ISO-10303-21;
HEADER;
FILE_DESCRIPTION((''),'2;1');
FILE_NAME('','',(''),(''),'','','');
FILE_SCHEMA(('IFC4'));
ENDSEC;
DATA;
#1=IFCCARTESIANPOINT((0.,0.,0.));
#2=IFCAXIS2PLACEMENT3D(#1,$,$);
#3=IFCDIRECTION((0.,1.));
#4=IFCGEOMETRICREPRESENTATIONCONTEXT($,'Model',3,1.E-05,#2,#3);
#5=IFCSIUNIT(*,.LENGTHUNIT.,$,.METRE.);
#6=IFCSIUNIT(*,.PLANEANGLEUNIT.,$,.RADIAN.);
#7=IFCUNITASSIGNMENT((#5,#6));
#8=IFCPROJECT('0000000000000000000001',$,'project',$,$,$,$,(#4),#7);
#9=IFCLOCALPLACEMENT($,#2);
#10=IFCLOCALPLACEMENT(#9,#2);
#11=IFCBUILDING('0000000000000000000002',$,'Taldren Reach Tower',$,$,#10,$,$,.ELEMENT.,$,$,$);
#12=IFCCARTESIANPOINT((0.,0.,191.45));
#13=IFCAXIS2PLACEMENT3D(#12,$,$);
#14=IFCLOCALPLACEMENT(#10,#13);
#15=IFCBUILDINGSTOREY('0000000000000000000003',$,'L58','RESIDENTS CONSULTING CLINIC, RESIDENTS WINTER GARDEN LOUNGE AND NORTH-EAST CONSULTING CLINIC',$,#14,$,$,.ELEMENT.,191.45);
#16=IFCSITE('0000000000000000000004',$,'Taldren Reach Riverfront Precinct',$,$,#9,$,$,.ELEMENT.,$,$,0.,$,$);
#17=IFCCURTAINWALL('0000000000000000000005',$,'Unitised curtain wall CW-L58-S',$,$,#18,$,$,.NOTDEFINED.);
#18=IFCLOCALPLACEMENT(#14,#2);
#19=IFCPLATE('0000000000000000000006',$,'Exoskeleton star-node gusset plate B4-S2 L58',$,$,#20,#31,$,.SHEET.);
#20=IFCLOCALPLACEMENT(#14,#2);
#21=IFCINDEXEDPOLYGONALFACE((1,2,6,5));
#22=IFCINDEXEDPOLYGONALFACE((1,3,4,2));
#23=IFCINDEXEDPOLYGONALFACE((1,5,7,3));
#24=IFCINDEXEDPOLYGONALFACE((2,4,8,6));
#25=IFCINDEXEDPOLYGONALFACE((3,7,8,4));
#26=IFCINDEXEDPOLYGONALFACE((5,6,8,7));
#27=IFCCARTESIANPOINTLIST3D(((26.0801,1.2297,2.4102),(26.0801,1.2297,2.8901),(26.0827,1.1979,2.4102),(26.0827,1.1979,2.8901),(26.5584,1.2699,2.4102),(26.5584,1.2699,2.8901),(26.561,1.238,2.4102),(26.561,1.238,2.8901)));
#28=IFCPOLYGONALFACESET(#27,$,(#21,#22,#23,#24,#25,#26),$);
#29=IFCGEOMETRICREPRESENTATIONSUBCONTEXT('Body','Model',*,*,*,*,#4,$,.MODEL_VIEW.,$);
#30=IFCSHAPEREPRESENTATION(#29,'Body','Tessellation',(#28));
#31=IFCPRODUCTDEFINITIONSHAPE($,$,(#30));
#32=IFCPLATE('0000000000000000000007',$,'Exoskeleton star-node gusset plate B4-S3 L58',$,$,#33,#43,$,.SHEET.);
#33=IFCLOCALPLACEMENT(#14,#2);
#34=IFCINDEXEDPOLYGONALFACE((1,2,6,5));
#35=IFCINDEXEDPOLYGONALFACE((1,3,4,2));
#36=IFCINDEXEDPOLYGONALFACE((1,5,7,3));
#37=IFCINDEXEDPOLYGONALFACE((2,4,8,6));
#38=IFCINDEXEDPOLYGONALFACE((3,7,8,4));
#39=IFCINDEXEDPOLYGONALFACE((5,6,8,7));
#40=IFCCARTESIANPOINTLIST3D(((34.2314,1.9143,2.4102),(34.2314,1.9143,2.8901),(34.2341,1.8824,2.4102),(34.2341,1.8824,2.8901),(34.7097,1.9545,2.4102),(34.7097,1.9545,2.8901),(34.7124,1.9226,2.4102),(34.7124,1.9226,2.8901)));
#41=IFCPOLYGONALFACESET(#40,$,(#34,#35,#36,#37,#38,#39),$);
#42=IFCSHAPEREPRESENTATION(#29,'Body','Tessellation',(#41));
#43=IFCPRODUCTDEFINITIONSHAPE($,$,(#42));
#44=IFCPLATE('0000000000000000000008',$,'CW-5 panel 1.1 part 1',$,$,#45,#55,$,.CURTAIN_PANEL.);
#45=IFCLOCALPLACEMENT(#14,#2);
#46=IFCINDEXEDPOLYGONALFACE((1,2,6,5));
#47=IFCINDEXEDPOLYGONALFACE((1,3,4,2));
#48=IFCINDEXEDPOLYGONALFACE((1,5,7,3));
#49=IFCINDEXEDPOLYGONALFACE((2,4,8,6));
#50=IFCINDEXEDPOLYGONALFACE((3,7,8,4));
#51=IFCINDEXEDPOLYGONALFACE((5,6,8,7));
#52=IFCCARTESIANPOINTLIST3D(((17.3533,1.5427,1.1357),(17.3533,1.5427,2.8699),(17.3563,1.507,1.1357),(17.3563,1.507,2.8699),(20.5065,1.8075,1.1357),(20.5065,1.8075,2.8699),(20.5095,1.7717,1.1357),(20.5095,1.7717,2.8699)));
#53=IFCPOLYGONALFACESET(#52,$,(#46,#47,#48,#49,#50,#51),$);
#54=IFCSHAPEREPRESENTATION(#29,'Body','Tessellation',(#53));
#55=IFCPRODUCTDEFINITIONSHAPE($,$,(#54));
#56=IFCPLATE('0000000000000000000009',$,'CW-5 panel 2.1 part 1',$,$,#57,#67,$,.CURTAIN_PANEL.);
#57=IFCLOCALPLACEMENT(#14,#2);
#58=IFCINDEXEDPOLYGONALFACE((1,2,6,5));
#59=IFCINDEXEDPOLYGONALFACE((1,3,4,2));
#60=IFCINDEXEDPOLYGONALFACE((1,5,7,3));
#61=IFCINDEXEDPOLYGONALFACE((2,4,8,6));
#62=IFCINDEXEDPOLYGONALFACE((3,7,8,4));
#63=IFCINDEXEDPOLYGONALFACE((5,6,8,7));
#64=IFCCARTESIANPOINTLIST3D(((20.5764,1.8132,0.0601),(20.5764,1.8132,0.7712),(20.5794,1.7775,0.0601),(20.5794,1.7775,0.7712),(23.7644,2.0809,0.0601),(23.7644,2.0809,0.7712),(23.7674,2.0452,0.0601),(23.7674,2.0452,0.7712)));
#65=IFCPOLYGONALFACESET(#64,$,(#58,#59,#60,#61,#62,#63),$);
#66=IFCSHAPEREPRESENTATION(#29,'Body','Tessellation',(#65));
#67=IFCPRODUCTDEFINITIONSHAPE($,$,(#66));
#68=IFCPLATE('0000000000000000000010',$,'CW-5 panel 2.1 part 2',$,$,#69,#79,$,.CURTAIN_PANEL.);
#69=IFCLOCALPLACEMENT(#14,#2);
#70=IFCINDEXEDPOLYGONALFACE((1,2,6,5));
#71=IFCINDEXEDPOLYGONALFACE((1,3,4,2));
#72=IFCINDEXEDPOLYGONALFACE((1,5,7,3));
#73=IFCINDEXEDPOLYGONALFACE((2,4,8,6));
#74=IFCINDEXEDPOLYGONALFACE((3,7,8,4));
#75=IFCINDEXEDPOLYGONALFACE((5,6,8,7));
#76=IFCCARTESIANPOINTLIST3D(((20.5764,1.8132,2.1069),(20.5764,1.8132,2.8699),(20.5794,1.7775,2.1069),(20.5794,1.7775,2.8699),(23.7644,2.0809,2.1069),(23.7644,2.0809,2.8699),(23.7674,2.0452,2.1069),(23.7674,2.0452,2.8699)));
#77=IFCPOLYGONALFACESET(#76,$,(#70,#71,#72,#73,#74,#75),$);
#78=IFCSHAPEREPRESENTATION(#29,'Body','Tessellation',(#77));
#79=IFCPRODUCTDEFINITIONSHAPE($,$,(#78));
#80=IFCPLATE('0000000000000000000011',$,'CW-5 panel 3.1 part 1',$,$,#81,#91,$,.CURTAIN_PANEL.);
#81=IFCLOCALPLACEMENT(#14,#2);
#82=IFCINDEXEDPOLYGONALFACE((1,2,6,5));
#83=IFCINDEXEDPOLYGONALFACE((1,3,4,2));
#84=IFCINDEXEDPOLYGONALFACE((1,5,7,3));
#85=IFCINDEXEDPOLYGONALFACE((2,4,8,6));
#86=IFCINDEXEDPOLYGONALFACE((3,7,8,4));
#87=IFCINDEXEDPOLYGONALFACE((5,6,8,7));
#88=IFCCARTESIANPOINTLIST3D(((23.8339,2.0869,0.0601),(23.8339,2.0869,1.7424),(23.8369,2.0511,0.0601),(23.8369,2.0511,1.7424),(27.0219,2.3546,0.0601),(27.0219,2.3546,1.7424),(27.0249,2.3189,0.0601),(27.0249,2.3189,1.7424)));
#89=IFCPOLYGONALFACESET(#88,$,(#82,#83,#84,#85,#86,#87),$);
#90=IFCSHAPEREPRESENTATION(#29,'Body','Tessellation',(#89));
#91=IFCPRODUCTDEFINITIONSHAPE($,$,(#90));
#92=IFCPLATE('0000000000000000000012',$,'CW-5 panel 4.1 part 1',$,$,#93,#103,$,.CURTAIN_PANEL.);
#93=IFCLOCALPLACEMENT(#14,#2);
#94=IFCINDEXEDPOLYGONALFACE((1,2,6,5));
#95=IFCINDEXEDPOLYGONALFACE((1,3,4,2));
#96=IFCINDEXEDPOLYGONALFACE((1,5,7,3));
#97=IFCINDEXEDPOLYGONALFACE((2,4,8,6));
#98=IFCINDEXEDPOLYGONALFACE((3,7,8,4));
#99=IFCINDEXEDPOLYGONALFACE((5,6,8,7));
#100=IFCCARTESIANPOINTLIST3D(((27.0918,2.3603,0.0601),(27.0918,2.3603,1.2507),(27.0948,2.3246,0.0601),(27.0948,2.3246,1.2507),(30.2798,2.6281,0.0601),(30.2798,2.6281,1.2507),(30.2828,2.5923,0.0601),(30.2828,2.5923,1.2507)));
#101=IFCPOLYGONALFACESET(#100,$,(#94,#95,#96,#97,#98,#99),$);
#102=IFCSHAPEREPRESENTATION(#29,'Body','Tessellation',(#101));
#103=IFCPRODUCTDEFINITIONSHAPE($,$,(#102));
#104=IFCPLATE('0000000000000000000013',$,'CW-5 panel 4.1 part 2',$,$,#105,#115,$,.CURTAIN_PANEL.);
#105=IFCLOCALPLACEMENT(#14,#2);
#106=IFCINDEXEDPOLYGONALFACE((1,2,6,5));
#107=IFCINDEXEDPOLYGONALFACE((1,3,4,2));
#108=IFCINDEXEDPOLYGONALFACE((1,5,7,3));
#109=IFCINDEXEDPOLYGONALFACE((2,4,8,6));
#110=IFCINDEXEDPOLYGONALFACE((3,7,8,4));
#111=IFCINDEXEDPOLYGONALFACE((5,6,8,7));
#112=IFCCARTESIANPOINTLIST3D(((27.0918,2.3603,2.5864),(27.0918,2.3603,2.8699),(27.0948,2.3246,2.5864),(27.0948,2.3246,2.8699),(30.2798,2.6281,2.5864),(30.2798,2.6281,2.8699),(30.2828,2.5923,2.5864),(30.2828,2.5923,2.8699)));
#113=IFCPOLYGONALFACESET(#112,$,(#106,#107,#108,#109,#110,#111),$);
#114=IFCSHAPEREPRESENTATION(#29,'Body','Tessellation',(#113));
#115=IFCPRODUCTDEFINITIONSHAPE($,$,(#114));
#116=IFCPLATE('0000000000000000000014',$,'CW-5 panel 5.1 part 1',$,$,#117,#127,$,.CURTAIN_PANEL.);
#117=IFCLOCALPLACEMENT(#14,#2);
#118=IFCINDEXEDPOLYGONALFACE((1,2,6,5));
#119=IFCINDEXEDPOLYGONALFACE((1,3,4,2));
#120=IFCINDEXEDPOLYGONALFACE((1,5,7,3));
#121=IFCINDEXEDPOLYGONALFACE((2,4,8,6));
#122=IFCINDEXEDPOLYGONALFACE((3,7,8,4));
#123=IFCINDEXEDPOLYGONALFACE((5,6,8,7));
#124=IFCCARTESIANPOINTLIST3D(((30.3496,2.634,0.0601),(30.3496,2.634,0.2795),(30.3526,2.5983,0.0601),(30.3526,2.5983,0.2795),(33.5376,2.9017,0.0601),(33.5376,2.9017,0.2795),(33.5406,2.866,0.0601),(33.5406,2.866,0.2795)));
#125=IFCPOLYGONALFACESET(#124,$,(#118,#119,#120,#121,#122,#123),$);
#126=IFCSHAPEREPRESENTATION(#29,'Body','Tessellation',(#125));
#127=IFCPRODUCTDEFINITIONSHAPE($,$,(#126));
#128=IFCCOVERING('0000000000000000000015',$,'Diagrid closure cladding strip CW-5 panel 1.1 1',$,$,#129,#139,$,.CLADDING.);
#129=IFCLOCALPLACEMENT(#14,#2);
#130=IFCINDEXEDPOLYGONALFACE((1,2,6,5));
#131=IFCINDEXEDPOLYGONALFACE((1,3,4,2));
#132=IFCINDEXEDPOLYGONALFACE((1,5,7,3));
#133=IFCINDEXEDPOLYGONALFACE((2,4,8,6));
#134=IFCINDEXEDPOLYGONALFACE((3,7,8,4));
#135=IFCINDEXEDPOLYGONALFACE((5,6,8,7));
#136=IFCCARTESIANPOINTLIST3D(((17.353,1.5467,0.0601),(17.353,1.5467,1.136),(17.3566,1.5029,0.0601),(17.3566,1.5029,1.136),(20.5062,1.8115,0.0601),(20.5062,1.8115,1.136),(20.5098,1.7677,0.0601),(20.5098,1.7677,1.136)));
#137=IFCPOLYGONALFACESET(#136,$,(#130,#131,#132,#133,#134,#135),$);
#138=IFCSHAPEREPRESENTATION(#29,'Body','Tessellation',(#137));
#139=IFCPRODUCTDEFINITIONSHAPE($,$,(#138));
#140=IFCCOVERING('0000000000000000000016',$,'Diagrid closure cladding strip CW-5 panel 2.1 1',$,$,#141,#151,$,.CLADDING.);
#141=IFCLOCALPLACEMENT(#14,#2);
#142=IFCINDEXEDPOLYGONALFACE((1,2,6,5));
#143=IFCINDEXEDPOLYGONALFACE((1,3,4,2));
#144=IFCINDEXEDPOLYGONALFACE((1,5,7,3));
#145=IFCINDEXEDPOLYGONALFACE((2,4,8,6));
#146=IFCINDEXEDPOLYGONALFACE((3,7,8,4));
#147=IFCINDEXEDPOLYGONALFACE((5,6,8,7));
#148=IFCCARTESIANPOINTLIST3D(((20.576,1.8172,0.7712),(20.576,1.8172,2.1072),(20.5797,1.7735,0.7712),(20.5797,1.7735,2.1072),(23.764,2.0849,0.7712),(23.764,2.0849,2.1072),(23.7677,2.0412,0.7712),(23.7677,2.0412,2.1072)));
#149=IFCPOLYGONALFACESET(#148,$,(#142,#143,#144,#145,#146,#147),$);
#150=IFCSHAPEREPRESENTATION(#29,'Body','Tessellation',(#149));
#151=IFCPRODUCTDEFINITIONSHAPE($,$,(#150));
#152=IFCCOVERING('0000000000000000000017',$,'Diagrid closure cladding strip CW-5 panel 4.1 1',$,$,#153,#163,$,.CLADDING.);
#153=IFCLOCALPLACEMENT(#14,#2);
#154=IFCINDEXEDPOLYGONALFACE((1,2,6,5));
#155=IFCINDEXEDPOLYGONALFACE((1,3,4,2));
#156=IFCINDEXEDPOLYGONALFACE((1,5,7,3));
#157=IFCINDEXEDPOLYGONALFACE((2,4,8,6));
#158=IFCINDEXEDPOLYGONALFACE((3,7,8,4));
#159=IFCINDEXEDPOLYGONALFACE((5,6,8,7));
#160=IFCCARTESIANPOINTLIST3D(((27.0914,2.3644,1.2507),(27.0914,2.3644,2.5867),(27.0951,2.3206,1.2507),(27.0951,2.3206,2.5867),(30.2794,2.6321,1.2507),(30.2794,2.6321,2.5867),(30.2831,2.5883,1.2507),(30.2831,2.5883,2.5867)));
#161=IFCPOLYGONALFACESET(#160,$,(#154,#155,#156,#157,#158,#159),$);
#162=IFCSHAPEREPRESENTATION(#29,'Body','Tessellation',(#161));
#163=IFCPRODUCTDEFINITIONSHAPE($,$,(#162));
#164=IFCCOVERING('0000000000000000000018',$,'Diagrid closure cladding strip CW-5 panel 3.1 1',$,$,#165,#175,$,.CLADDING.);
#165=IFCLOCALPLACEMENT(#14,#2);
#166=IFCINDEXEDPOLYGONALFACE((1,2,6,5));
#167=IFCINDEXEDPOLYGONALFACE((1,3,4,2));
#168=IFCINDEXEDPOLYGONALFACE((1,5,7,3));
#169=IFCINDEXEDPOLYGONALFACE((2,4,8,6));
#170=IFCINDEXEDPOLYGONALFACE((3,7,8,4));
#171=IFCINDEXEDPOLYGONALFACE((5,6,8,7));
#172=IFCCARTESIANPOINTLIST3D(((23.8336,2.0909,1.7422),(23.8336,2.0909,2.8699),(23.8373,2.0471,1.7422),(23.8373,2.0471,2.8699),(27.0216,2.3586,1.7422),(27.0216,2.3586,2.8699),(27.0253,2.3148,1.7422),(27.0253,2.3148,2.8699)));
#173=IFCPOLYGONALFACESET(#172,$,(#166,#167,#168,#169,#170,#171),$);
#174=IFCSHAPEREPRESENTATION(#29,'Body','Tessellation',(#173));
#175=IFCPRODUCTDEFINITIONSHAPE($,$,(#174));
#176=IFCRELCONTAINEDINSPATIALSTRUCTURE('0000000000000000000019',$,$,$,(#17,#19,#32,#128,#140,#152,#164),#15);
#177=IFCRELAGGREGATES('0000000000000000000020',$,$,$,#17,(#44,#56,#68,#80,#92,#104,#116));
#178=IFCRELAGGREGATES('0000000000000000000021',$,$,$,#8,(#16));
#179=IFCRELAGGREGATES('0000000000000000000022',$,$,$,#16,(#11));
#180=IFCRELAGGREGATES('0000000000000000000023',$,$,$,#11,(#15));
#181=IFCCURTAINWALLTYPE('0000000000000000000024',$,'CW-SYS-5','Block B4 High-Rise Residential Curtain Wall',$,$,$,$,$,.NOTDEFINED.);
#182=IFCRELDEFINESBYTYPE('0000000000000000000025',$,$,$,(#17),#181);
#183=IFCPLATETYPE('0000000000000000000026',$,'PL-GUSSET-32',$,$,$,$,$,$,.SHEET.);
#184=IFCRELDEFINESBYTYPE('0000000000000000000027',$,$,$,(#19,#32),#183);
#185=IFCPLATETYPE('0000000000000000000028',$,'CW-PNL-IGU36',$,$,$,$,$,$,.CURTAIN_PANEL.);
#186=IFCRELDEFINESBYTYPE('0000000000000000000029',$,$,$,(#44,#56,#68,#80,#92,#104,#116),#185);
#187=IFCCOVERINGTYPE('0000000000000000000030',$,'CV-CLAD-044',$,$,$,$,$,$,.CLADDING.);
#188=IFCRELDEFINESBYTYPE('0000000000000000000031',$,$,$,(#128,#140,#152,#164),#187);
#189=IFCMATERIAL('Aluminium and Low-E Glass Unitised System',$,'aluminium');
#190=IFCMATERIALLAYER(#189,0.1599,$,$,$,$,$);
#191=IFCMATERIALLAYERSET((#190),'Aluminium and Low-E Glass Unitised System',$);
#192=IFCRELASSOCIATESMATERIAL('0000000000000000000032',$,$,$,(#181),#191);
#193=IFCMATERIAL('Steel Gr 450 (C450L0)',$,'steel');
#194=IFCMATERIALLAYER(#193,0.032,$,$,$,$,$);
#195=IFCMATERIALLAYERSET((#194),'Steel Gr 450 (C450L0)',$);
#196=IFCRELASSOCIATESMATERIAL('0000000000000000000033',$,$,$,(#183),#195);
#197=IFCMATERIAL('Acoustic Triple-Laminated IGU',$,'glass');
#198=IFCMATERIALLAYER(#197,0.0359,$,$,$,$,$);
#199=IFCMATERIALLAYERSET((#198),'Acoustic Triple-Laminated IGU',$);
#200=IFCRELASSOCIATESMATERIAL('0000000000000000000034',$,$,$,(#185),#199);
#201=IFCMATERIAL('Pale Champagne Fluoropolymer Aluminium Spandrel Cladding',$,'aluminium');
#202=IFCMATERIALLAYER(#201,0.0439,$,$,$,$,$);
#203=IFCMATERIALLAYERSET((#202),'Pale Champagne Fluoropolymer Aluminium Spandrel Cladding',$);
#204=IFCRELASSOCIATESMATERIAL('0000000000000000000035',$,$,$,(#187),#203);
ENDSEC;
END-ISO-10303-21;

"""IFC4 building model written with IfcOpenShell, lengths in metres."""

from ifc_helpers import new_model, si_unit, direction, frame, origin, origin_2d, place, context, subcontext, project, spatial, rectangle, extrude, source, transform, mapped, material, layer, layer_set, type_object, element, aggregate, save


model = new_model("IFC4")

# Units and contexts
model_context = context("Model", 3, precision=1e-05, world=origin(), true_north=direction((0.0, 1.0)))
body_context = subcontext(model_context, "Body", "Model", "MODEL_VIEW")
ifc_project = project(units=[si_unit("LENGTHUNIT", "METRE"), si_unit("PLANEANGLEUNIT", "RADIAN")], contexts=[model_context])

# Site, building, storey
site_placement = place(None, origin())
site = spatial("IfcSite", under=ifc_project, at=site_placement, Name="Taldren Reach Riverfront Precinct", CompositionType="ELEMENT", RefElevation=0.0)
building_placement = place(site_placement, origin())
building = spatial("IfcBuilding", under=site, at=building_placement, Name="Taldren Reach Tower", CompositionType="ELEMENT")
storey_placement = place(building_placement, frame((0.0, 0.0, 191.45)))
storey = spatial("IfcBuildingStorey", under=building, at=storey_placement, Name="L58", Description="RESIDENTS CONSULTING CLINIC, RESIDENTS WINTER GARDEN LOUNGE AND NORTH-EAST CONSULTING CLINIC", CompositionType="ELEMENT", Elevation=191.45)

# Shared definitions
ifc_material_1 = material(Name="Steel Gr 450 (C450L0)", Category="steel")

# Curtain wall
ifc_material_2 = material(Name="Aluminium and Low-E Glass Unitised System", Category="aluminium")
ifc_layer_1 = layer(ifc_material_2, 0.1599)
ifc_layer_set_1 = layer_set([ifc_layer_1], Name="Aluminium and Low-E Glass Unitised System")
curtain_wall_type = type_object("IfcCurtainWallType", Name="CW-SYS-5", Description="Block B4 High-Rise Residential Curtain Wall", PredefinedType="NOTDEFINED", material=ifc_layer_set_1)
curtain_wall_placement = place(storey_placement, origin())
curtain_wall = element("IfcCurtainWall", 1, at=curtain_wall_placement, inside=storey, type_object=curtain_wall_type, Name="Unitised curtain wall CW-L58-S", PredefinedType="NOTDEFINED")

# Plates
ifc_layer_2 = layer(ifc_material_1, 0.032)
ifc_layer_set_2 = layer_set([ifc_layer_2], Name="Steel Gr 450 (C450L0)")
plate_type_1 = type_object("IfcPlateType", Name="PL-GUSSET-32", PredefinedType="SHEET", material=ifc_layer_set_2)
shared_shape_1 = source(origin(), body_context, "Body", "SweptSolid", [
    extrude(rectangle(XDim=0.48, YDim=0.032, at=origin_2d()), origin(), (0.0, 0.0, 1.0), 0.48),
])
for number, where, z_axis, x_axis, name in (
    (2, (26.3206, 1.2339, 2.4102), (0.0, 0.0, 1.0), (0.996493, 0.083678, 0.0), "Exoskeleton star-node gusset plate B4-S2 L58"),
    (3, (34.4719, 1.9185, 2.4102), (0.0, 0.0, 1.0), (0.996493, 0.083678, 0.0), "Exoskeleton star-node gusset plate B4-S3 L58"),
):
    element("IfcPlate", number, at=place(storey_placement, frame(where, z_axis=z_axis, x_axis=x_axis)), inside=storey, type_object=plate_type_1, Name=name, PredefinedType="SHEET", context=body_context, shape_type="MappedRepresentation", body=[
        mapped(shared_shape_1, transform((0.0, 0.0, 0.0), scale=1.0)),
    ])

# Plates
ifc_material_3 = material(Name="Acoustic Triple-Laminated IGU", Category="glass")
ifc_layer_3 = layer(ifc_material_3, 0.0359)
ifc_layer_set_3 = layer_set([ifc_layer_3], Name="Acoustic Triple-Laminated IGU")
plate_type_2 = type_object("IfcPlateType", Name="CW-PNL-IGU36", PredefinedType="CURTAIN_PANEL", material=ifc_layer_set_3)
shared_shape_2 = source(origin(), body_context, "Body", "SweptSolid", [
    extrude(rectangle(XDim=3.1643, YDim=0.0359, at=origin_2d()), origin(), (0.0, 0.0, 1.0), 1.7341),
])
plate_1_placement = place(storey_placement, frame((18.9314, 1.6572, 1.1357), z_axis=(0.0, 0.0, 1.0), x_axis=(0.996493, 0.083678, 0.0)))
plate_1 = element("IfcPlate", 4, at=plate_1_placement, type_object=plate_type_2, Name="CW-5 panel 1.1 part 1", PredefinedType="CURTAIN_PANEL", context=body_context, shape_type="MappedRepresentation", body=[
    mapped(shared_shape_2, transform((0.0, 0.0, 0.0), scale=1.0)),
])
shared_shape_3 = source(origin(), body_context, "Body", "SweptSolid", [
    extrude(rectangle(XDim=3.1992, YDim=0.0359, at=origin_2d()), origin(), (0.0, 0.0, 1.0), 0.7112),
])
plate_2_placement = place(storey_placement, frame((22.1719, 1.9292, 0.0601), z_axis=(0.0, 0.0, 1.0), x_axis=(0.996493, 0.083678, 0.0)))
plate_2 = element("IfcPlate", 5, at=plate_2_placement, type_object=plate_type_2, Name="CW-5 panel 2.1 part 1", PredefinedType="CURTAIN_PANEL", context=body_context, shape_type="MappedRepresentation", body=[
    mapped(shared_shape_3, transform((0.0, 0.0, 0.0), scale=1.0)),
])
shared_shape_4 = source(origin(), body_context, "Body", "SweptSolid", [
    extrude(rectangle(XDim=3.1992, YDim=0.0359, at=origin_2d()), origin(), (0.0, 0.0, 1.0), 0.7629),
])
plate_3_placement = place(storey_placement, frame((22.1719, 1.9292, 2.1069), z_axis=(0.0, 0.0, 1.0), x_axis=(0.996493, 0.083678, 0.0)))
plate_3 = element("IfcPlate", 6, at=plate_3_placement, type_object=plate_type_2, Name="CW-5 panel 2.1 part 2", PredefinedType="CURTAIN_PANEL", context=body_context, shape_type="MappedRepresentation", body=[
    mapped(shared_shape_4, transform((0.0, 0.0, 0.0), scale=1.0)),
])
shared_shape_5 = source(origin(), body_context, "Body", "SweptSolid", [
    extrude(rectangle(XDim=3.1992, YDim=0.0359, at=origin_2d()), origin(), (0.0, 0.0, 1.0), 1.6824),
])
plate_4_placement = place(storey_placement, frame((25.4294, 2.2029, 0.0601), z_axis=(0.0, 0.0, 1.0), x_axis=(0.996493, 0.083678, 0.0)))
plate_4 = element("IfcPlate", 7, at=plate_4_placement, type_object=plate_type_2, Name="CW-5 panel 3.1 part 1", PredefinedType="CURTAIN_PANEL", context=body_context, shape_type="MappedRepresentation", body=[
    mapped(shared_shape_5, transform((0.0, 0.0, 0.0), scale=1.0)),
])
shared_shape_6 = source(origin(), body_context, "Body", "SweptSolid", [
    extrude(rectangle(XDim=3.1992, YDim=0.0359, at=origin_2d()), origin(), (0.0, 0.0, 1.0), 1.1907),
])
plate_5_placement = place(storey_placement, frame((28.6873, 2.4763, 0.0601), z_axis=(0.0, 0.0, 1.0), x_axis=(0.996493, 0.083678, 0.0)))
plate_5 = element("IfcPlate", 8, at=plate_5_placement, type_object=plate_type_2, Name="CW-5 panel 4.1 part 1", PredefinedType="CURTAIN_PANEL", context=body_context, shape_type="MappedRepresentation", body=[
    mapped(shared_shape_6, transform((0.0, 0.0, 0.0), scale=1.0)),
])
shared_shape_7 = source(origin(), body_context, "Body", "SweptSolid", [
    extrude(rectangle(XDim=3.1992, YDim=0.0359, at=origin_2d()), origin(), (0.0, 0.0, 1.0), 0.2834),
])
plate_6_placement = place(storey_placement, frame((28.6873, 2.4763, 2.5864), z_axis=(0.0, 0.0, 1.0), x_axis=(0.996493, 0.083678, 0.0)))
plate_6 = element("IfcPlate", 9, at=plate_6_placement, type_object=plate_type_2, Name="CW-5 panel 4.1 part 2", PredefinedType="CURTAIN_PANEL", context=body_context, shape_type="MappedRepresentation", body=[
    mapped(shared_shape_7, transform((0.0, 0.0, 0.0), scale=1.0)),
])
shared_shape_8 = source(origin(), body_context, "Body", "SweptSolid", [
    extrude(rectangle(XDim=3.1992, YDim=0.0359, at=origin_2d()), origin(), (0.0, 0.0, 1.0), 0.2195),
])
plate_7_placement = place(storey_placement, frame((31.9451, 2.75, 0.0601), z_axis=(0.0, 0.0, 1.0), x_axis=(0.996493, 0.083678, 0.0)))
plate_7 = element("IfcPlate", 10, at=plate_7_placement, type_object=plate_type_2, Name="CW-5 panel 5.1 part 1", PredefinedType="CURTAIN_PANEL", context=body_context, shape_type="MappedRepresentation", body=[
    mapped(shared_shape_8, transform((0.0, 0.0, 0.0), scale=1.0)),
])
aggregate(curtain_wall, [plate_1, plate_2, plate_3, plate_4, plate_5, plate_6, plate_7])

# Coverings
ifc_material_4 = material(Name="Pale Champagne Fluoropolymer Aluminium Spandrel Cladding", Category="aluminium")
ifc_layer_4 = layer(ifc_material_4, 0.0439)
ifc_layer_set_4 = layer_set([ifc_layer_4], Name="Pale Champagne Fluoropolymer Aluminium Spandrel Cladding")
covering_type = type_object("IfcCoveringType", Name="CV-CLAD-044", PredefinedType="CLADDING", material=ifc_layer_set_4)
shared_shape_9 = source(origin(), body_context, "Body", "SweptSolid", [
    extrude(rectangle(XDim=3.1643, YDim=0.0439, at=origin_2d()), origin(), (0.0, 0.0, 1.0), 1.0759),
])
covering_1_placement = place(storey_placement, frame((18.9314, 1.6572, 0.0601), z_axis=(0.0, 0.0, 1.0), x_axis=(0.996493, 0.083678, 0.0)))
element("IfcCovering", 11, at=covering_1_placement, inside=storey, type_object=covering_type, Name="Diagrid closure cladding strip CW-5 panel 1.1 1", PredefinedType="CLADDING", context=body_context, shape_type="MappedRepresentation", body=[
    mapped(shared_shape_9, transform((0.0, 0.0, 0.0), scale=1.0)),
])
shared_shape_10 = source(origin(), body_context, "Body", "SweptSolid", [
    extrude(rectangle(XDim=3.1992, YDim=0.0439, at=origin_2d()), origin(), (0.0, 0.0, 1.0), 1.3359),
])
for number, where, z_axis, x_axis, name in (
    (12, (22.1719, 1.9292, 0.7712), (0.0, 0.0, 1.0), (0.996493, 0.083678, 0.0), "Diagrid closure cladding strip CW-5 panel 2.1 1"),
    (13, (28.6873, 2.4763, 1.2507), (0.0, 0.0, 1.0), (0.996493, 0.083678, 0.0), "Diagrid closure cladding strip CW-5 panel 4.1 1"),
):
    element("IfcCovering", number, at=place(storey_placement, frame(where, z_axis=z_axis, x_axis=x_axis)), inside=storey, type_object=covering_type, Name=name, PredefinedType="CLADDING", context=body_context, shape_type="MappedRepresentation", body=[
        mapped(shared_shape_10, transform((0.0, 0.0, 0.0), scale=1.0)),
    ])
shared_shape_11 = source(origin(), body_context, "Body", "SweptSolid", [
    extrude(rectangle(XDim=3.1992, YDim=0.0439, at=origin_2d()), origin(), (0.0, 0.0, 1.0), 1.1277),
])
covering_2_placement = place(storey_placement, frame((25.4294, 2.2029, 1.7422), z_axis=(0.0, 0.0, 1.0), x_axis=(0.996493, 0.083678, 0.0)))
element("IfcCovering", 14, at=covering_2_placement, inside=storey, type_object=covering_type, Name="Diagrid closure cladding strip CW-5 panel 3.1 1", PredefinedType="CLADDING", context=body_context, shape_type="MappedRepresentation", body=[
    mapped(shared_shape_11, transform((0.0, 0.0, 0.0), scale=1.0)),
])

save(model, "model.ifc")
